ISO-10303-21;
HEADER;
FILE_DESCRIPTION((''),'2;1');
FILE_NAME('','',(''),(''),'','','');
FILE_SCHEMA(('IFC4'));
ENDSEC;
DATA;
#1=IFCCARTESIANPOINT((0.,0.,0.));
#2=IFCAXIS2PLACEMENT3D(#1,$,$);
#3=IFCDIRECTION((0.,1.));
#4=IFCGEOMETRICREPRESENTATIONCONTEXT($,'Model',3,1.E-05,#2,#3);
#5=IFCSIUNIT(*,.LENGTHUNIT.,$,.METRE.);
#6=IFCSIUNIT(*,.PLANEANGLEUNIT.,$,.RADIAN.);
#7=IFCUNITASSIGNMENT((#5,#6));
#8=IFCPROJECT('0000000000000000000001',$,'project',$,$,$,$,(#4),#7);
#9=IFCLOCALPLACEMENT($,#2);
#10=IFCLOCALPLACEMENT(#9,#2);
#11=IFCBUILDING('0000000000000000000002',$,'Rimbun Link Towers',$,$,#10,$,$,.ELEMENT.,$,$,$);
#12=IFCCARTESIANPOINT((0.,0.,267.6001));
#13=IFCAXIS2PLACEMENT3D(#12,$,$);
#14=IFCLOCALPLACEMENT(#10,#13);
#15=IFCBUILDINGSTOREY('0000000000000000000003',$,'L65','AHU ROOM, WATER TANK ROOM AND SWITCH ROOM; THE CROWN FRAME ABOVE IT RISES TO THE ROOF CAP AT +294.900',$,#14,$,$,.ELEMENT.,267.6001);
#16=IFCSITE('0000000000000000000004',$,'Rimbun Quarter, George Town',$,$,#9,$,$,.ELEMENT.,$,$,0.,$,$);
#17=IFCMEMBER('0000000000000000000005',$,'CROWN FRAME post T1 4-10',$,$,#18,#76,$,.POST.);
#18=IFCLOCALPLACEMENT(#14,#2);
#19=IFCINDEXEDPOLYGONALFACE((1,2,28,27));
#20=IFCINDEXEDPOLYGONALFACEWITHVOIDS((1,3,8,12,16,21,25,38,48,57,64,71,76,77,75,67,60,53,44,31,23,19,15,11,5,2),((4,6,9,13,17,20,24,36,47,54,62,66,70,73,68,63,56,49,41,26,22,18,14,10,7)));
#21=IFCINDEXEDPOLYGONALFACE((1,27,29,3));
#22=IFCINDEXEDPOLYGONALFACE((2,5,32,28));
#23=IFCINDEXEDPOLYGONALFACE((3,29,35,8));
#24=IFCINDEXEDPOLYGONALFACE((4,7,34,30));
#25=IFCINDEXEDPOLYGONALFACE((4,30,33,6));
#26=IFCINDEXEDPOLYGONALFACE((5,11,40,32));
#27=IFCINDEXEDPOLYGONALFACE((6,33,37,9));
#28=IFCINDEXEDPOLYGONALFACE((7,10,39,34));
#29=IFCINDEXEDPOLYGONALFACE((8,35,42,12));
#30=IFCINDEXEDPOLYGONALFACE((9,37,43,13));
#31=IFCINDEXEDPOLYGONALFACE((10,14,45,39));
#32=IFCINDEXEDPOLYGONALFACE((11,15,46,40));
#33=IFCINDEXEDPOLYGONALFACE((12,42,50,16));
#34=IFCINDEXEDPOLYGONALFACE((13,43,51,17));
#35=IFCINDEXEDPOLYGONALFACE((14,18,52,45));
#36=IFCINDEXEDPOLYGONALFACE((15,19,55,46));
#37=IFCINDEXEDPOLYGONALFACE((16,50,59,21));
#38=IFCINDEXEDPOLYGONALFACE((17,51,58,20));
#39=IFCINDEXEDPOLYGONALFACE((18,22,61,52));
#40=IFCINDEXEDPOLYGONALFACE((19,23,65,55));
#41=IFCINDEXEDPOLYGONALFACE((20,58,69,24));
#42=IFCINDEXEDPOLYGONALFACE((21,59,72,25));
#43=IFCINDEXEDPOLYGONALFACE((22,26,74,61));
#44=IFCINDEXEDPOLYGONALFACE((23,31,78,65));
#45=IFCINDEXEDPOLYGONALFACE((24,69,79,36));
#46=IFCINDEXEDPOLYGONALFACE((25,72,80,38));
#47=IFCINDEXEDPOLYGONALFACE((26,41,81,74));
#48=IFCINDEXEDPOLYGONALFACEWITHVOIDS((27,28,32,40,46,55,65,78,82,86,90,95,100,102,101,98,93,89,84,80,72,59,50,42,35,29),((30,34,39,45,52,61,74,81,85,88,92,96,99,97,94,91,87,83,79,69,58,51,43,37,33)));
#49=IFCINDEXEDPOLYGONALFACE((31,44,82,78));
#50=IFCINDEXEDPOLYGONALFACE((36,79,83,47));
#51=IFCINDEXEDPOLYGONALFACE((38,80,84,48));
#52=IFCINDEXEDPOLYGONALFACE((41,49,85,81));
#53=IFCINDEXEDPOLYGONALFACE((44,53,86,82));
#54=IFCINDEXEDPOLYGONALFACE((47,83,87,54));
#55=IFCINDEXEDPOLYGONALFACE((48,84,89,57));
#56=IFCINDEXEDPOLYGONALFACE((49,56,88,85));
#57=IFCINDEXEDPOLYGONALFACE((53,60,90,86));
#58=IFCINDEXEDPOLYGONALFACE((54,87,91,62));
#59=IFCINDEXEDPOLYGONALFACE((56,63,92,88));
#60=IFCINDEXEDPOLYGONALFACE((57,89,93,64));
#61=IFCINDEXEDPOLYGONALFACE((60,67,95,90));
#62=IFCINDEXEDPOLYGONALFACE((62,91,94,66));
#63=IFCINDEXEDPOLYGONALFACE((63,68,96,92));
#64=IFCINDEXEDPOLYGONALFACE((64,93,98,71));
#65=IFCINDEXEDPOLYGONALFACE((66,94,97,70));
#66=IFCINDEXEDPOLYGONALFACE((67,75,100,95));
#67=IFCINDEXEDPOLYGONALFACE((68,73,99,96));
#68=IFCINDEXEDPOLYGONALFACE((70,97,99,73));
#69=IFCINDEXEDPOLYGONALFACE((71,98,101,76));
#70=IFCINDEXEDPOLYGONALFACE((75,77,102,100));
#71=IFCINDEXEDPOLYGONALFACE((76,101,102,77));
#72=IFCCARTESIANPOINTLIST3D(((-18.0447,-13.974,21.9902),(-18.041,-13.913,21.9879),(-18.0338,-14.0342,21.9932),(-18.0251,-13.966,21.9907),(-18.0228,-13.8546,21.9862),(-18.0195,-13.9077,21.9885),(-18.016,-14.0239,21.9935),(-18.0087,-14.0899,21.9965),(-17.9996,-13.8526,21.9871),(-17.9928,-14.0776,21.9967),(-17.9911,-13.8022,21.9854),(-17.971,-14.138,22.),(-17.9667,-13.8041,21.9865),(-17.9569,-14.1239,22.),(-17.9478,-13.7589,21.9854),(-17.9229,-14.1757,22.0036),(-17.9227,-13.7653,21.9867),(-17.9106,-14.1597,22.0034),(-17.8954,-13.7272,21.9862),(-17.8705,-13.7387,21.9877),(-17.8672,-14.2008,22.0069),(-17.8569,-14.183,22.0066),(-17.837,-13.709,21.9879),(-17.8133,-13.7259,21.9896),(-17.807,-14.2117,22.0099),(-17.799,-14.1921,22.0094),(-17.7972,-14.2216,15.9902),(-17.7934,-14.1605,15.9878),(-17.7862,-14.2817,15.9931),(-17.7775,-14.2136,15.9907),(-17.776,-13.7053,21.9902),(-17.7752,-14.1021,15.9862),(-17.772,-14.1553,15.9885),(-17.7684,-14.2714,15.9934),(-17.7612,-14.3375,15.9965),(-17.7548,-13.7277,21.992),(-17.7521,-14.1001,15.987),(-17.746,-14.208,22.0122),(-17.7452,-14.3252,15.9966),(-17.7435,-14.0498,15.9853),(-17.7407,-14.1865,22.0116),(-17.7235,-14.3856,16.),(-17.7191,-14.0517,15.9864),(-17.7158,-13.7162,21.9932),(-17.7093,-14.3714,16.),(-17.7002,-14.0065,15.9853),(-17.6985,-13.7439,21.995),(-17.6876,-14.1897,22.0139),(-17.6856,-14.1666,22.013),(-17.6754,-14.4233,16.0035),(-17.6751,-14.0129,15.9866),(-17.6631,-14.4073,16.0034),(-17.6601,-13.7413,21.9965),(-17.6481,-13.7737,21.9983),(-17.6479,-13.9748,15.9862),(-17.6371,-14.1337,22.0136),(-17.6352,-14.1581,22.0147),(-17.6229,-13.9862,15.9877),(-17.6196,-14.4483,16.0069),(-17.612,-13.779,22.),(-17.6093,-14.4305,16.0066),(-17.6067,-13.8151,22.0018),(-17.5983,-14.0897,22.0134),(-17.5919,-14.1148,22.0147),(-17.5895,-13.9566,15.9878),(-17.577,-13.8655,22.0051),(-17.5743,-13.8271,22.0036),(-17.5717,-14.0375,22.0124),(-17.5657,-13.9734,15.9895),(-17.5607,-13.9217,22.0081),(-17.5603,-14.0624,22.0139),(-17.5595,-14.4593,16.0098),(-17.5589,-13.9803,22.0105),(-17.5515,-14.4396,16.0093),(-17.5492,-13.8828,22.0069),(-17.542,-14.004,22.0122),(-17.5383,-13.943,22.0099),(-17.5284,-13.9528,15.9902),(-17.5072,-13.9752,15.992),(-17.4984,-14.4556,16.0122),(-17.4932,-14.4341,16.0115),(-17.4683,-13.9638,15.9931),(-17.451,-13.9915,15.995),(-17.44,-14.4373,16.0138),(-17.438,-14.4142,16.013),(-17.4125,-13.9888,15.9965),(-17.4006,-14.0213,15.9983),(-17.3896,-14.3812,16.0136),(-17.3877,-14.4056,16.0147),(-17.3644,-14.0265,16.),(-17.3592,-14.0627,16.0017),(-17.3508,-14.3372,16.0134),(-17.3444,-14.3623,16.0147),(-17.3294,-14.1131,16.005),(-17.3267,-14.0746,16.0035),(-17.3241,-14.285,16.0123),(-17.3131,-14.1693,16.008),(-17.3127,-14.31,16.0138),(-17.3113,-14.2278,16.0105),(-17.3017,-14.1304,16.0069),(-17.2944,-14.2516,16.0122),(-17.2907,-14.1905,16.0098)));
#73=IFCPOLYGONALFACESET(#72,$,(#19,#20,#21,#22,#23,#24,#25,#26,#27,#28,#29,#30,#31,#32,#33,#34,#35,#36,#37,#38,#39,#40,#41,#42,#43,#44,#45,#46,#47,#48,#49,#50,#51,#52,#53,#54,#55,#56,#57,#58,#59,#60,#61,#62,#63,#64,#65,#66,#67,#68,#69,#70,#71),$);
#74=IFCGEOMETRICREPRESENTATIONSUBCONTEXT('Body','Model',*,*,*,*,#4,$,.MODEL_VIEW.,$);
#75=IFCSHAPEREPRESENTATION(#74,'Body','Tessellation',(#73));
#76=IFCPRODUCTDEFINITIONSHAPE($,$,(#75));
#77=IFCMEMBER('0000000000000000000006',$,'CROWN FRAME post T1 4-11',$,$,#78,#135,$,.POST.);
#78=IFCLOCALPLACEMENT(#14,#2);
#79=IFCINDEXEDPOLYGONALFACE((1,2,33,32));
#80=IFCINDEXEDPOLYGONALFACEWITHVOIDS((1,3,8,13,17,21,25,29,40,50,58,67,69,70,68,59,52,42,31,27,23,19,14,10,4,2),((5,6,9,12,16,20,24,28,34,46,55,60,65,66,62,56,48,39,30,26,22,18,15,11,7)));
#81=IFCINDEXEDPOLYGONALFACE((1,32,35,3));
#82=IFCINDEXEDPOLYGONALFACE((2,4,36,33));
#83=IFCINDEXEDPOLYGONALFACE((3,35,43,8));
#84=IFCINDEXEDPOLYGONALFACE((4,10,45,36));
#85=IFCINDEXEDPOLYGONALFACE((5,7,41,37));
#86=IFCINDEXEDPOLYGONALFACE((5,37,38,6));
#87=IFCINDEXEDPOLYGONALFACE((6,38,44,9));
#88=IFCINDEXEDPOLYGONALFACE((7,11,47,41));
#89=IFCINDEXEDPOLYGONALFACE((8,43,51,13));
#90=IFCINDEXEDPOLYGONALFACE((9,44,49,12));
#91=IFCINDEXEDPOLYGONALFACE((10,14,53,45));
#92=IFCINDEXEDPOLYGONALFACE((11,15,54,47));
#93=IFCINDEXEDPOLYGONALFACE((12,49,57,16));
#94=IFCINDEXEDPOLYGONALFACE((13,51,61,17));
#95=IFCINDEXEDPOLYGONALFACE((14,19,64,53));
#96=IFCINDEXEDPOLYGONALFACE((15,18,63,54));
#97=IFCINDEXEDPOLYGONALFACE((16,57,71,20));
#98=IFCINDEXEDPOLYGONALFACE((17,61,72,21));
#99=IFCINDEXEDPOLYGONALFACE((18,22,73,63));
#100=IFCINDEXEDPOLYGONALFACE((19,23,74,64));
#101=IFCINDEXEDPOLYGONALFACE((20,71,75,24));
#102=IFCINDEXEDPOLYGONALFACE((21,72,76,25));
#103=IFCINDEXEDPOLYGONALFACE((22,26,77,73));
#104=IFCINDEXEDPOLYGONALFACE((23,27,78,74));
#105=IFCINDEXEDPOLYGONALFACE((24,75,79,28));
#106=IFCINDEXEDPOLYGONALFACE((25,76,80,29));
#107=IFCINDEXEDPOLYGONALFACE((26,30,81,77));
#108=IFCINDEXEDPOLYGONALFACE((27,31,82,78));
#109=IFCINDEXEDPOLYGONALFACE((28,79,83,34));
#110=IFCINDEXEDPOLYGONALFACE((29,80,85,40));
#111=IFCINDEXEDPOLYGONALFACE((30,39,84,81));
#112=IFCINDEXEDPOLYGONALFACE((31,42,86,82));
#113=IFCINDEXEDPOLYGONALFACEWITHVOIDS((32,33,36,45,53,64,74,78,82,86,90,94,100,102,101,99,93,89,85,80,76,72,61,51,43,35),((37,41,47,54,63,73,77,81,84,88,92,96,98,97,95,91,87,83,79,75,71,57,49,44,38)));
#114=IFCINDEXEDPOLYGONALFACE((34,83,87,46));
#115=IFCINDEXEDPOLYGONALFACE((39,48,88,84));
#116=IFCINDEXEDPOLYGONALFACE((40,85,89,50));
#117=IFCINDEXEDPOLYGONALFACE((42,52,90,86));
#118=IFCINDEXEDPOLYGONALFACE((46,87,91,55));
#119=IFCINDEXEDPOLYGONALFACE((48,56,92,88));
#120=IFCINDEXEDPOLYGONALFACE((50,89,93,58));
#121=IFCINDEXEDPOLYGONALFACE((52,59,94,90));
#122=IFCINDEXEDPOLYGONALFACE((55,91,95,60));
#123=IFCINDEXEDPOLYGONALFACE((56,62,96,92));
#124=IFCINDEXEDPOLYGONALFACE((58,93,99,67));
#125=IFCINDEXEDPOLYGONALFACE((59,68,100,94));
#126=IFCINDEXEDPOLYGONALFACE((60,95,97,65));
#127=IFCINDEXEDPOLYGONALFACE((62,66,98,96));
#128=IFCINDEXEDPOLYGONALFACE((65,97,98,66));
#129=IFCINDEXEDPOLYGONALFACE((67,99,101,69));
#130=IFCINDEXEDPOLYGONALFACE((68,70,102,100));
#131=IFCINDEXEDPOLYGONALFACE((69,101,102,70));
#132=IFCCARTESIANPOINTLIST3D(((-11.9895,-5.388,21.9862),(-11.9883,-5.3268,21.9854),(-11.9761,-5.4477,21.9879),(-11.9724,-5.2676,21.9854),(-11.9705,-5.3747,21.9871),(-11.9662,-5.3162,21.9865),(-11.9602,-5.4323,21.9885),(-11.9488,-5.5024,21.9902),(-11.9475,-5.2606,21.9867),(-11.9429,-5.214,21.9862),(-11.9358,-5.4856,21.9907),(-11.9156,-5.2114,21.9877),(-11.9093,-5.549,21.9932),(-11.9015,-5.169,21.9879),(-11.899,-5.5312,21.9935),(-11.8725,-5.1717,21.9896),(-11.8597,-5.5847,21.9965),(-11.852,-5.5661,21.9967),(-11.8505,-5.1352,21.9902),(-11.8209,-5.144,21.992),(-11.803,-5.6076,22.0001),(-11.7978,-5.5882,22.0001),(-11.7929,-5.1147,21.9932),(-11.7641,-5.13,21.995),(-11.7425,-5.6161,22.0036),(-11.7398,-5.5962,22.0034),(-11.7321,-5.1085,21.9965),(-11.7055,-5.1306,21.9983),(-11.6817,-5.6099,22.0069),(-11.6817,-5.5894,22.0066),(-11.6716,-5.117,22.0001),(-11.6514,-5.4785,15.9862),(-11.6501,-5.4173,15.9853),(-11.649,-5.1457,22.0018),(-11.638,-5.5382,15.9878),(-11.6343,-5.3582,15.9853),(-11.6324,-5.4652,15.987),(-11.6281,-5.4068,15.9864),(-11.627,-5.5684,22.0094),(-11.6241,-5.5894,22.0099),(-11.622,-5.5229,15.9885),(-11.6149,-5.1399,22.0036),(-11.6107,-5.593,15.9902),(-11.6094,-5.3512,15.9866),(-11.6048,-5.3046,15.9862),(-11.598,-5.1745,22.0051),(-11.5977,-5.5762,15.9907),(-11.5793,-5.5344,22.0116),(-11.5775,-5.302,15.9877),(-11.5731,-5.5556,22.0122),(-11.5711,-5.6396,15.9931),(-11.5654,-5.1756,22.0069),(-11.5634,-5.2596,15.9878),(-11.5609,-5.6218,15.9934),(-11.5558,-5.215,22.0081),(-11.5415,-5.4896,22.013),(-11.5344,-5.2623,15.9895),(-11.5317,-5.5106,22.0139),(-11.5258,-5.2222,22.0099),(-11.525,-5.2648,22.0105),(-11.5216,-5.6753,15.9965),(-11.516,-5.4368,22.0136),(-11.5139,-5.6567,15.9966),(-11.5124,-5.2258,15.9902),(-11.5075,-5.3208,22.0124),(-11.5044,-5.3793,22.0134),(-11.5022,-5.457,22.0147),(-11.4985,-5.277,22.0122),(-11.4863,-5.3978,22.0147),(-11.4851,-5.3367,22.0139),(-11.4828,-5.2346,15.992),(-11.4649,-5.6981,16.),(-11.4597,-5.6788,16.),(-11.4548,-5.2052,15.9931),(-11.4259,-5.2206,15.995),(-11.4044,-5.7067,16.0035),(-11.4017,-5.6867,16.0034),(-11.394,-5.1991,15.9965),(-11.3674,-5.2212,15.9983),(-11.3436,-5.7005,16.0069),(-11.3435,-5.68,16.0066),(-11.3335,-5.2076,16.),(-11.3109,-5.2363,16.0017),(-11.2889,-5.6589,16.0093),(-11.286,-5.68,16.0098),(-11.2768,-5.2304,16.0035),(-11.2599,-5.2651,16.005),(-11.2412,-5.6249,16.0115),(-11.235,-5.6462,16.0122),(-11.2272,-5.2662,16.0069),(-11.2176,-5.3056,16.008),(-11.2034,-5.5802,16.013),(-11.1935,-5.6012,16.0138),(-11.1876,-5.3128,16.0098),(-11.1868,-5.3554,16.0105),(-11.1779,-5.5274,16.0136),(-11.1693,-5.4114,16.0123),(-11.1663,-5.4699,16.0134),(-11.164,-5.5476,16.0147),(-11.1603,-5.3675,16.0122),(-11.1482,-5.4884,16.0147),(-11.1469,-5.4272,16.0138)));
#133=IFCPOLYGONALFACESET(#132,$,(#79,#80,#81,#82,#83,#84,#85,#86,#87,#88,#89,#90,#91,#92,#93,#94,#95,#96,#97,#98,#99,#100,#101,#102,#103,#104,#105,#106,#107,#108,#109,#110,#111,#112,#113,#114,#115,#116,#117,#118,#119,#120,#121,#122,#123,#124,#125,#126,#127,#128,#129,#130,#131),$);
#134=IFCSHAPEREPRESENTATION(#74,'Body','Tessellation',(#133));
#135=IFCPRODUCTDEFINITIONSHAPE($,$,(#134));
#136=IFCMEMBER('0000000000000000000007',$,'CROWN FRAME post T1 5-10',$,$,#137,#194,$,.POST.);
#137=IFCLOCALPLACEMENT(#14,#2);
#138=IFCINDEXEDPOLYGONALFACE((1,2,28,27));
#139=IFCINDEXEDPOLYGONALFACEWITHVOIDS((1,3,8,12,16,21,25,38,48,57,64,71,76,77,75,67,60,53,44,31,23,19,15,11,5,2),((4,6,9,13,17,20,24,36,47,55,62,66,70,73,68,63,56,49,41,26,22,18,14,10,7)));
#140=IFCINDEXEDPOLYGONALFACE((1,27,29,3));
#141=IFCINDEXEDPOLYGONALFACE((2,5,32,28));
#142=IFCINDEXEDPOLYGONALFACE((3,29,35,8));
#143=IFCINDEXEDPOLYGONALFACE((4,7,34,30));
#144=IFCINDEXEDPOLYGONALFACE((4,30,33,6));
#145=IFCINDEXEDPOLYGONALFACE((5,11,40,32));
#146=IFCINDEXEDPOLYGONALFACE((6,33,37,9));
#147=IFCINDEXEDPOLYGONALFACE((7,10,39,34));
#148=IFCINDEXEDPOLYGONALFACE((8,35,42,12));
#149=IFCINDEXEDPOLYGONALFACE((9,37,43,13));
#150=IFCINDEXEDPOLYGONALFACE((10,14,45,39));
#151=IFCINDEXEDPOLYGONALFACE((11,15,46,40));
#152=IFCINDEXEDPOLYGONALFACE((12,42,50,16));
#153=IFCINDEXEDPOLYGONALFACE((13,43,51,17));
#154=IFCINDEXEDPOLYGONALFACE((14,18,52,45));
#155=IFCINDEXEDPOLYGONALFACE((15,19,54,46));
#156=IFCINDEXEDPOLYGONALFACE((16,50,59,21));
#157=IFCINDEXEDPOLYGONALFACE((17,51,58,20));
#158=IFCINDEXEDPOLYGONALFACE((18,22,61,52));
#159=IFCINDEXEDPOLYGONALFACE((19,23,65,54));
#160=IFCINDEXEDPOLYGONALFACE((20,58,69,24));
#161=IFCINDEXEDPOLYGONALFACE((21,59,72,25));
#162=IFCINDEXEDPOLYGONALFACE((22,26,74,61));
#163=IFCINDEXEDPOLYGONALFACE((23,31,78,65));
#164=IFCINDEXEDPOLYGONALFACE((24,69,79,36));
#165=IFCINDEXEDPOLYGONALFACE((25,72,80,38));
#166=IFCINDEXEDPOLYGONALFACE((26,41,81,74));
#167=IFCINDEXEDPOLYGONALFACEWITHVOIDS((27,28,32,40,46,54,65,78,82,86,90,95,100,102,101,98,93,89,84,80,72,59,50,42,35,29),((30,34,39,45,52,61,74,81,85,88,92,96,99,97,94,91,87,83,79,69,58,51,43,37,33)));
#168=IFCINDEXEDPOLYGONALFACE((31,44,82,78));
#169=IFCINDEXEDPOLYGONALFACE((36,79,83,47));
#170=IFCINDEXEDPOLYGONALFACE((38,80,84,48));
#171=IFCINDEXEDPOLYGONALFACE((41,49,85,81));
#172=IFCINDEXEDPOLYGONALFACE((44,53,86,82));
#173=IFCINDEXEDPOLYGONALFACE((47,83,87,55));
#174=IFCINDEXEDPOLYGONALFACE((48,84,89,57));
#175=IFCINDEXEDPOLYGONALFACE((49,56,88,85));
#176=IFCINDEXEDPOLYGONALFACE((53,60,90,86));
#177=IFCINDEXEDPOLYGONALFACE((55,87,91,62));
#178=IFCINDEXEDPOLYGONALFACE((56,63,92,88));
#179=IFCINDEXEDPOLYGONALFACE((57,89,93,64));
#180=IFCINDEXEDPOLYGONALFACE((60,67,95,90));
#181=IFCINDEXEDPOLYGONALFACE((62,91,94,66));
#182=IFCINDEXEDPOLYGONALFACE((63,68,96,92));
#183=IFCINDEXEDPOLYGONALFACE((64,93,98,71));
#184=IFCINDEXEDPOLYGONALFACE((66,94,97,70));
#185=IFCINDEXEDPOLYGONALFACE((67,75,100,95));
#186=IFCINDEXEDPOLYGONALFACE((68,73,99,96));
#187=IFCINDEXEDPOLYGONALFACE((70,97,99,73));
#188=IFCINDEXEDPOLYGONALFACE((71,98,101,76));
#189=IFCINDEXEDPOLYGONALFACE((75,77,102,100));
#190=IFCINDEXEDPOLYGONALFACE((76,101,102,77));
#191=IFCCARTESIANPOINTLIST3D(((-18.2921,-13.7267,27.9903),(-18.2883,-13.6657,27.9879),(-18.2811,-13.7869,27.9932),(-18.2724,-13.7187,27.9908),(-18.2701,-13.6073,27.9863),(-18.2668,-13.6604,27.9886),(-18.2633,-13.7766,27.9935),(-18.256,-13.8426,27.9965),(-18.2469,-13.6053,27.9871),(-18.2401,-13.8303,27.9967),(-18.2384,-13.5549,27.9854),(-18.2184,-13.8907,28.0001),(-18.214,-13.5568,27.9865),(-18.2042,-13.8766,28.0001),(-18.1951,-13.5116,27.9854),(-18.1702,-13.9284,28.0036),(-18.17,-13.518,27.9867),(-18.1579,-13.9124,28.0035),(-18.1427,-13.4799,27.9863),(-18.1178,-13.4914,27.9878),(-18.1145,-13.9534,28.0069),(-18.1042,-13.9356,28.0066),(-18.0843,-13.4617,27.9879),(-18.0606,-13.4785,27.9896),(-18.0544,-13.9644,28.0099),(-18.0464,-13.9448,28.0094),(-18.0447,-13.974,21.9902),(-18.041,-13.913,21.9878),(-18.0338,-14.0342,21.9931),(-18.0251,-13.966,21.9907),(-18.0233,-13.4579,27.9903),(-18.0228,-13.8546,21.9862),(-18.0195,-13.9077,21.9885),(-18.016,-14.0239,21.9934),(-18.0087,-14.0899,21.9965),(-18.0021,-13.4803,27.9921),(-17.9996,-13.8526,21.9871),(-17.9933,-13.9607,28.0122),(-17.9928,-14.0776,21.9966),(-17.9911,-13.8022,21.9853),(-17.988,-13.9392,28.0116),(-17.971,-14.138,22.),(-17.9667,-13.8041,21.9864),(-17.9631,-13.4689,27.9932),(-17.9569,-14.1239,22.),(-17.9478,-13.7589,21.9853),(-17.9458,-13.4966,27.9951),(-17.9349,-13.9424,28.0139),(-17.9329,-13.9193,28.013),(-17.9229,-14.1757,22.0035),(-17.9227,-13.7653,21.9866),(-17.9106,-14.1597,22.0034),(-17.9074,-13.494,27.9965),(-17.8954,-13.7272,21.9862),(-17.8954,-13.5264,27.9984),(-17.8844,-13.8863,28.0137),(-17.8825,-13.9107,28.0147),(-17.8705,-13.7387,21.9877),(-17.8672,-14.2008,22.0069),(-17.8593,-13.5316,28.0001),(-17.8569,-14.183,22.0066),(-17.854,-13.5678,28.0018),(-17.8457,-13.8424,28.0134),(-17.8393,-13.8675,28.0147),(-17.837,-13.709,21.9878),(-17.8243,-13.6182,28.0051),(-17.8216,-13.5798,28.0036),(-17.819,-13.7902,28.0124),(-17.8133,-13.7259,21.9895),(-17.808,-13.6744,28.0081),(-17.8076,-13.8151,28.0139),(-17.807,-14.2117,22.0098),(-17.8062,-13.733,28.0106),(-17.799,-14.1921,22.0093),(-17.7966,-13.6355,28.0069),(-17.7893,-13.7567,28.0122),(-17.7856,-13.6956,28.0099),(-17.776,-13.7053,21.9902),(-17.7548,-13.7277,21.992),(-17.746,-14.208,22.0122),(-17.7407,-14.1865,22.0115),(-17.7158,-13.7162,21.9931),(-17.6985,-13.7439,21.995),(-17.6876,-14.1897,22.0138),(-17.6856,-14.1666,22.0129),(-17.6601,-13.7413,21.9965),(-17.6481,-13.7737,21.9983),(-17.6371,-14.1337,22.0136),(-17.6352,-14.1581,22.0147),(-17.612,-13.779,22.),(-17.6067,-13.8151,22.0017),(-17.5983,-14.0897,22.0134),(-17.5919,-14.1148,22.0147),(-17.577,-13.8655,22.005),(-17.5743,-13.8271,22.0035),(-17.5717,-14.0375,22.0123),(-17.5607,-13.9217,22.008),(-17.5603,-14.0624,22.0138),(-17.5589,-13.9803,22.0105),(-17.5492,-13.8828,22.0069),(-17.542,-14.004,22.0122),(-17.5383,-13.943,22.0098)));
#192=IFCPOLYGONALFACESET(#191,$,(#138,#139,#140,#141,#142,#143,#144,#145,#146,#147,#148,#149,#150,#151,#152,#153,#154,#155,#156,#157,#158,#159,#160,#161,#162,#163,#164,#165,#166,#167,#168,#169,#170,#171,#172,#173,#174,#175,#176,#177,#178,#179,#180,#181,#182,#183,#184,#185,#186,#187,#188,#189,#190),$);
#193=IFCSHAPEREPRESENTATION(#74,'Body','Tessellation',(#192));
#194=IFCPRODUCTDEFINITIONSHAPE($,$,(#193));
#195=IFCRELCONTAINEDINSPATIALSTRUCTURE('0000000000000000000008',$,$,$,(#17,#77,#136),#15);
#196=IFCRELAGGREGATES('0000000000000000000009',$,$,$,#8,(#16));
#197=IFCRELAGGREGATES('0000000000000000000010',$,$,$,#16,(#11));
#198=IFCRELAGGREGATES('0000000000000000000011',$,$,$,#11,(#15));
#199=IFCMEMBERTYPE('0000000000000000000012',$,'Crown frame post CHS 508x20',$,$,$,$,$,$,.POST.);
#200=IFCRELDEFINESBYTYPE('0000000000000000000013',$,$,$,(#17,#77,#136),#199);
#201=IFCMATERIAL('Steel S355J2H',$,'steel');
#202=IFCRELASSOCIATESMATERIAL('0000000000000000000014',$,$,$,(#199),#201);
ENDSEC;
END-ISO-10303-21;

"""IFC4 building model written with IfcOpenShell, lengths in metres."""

from ifc_helpers import new_model, si_unit, direction, frame, origin, origin_2d, place, context, subcontext, project, spatial, hollow_circle, extrude, material, material_profile, profile_set, type_object, element, save


model = new_model("IFC4")

# Units and contexts
model_context = context("Model", 3, precision=1e-05, world=origin(), true_north=direction((0.0, 1.0)))
body_context = subcontext(model_context, "Body", "Model", "MODEL_VIEW")
ifc_project = project(units=[si_unit("LENGTHUNIT", "METRE"), si_unit("PLANEANGLEUNIT", "RADIAN")], contexts=[model_context])

# Site, building, storey
site_placement = place(None, origin())
site = spatial("IfcSite", under=ifc_project, at=site_placement, Name="Rimbun Quarter, George Town", CompositionType="ELEMENT", RefElevation=0.0)
building_placement = place(site_placement, origin())
building = spatial("IfcBuilding", under=site, at=building_placement, Name="Rimbun Link Towers", CompositionType="ELEMENT")
storey_placement = place(building_placement, frame((0.0, 0.0, 267.6001)))
storey = spatial("IfcBuildingStorey", under=building, at=storey_placement, Name="L65", Description="AHU ROOM, WATER TANK ROOM AND SWITCH ROOM; THE CROWN FRAME ABOVE IT RISES TO THE ROOF CAP AT +294.900", CompositionType="ELEMENT", Elevation=267.6001)

# Members
ifc_material_1 = material(Name="Steel S355J2H", Category="steel")
ifc_material_profile_1 = material_profile(ifc_material_1, hollow_circle(Radius=0.2539, WallThickness=0.02, at=origin_2d()), Name="Crown frame post CHS 508x20")
ifc_profile_set_1 = profile_set([ifc_material_profile_1], Name="Steel S355J2H")
member_type_1 = type_object("IfcMemberType", Name="Crown frame post CHS 508x20", PredefinedType="POST", material=ifc_profile_set_1)
for number, where, z_axis, x_axis, name in (
    (1, (-17.5439, -14.2061, 16.0), (-0.04119, 0.04119, 0.998302), (-0.707107, -0.707107, 0.0), "CROWN FRAME post T1 4-10"),
    (2, (-11.3992, -5.4529, 16.0), (-0.05626, 0.01507, 0.998302), (-0.258748, -0.965945, 0.0), "CROWN FRAME post T1 4-11"),
    (3, (-17.7915, -13.9585, 22.0), (-0.041149, 0.041149, 0.998305), (-0.707107, -0.707107, 0.0), "CROWN FRAME post T1 5-10"),
):
    element("IfcMember", number, at=place(storey_placement, frame(where, z_axis=z_axis, x_axis=x_axis)), inside=storey, type_object=member_type_1, Name=name, PredefinedType="POST", context=body_context, shape_type="SweptSolid", body=[
        extrude(hollow_circle(Radius=0.2539, WallThickness=0.02, at=origin_2d()), origin(), (0.0, 0.0, 1.0), 6.0103),
    ])

save(model, "model.ifc")
